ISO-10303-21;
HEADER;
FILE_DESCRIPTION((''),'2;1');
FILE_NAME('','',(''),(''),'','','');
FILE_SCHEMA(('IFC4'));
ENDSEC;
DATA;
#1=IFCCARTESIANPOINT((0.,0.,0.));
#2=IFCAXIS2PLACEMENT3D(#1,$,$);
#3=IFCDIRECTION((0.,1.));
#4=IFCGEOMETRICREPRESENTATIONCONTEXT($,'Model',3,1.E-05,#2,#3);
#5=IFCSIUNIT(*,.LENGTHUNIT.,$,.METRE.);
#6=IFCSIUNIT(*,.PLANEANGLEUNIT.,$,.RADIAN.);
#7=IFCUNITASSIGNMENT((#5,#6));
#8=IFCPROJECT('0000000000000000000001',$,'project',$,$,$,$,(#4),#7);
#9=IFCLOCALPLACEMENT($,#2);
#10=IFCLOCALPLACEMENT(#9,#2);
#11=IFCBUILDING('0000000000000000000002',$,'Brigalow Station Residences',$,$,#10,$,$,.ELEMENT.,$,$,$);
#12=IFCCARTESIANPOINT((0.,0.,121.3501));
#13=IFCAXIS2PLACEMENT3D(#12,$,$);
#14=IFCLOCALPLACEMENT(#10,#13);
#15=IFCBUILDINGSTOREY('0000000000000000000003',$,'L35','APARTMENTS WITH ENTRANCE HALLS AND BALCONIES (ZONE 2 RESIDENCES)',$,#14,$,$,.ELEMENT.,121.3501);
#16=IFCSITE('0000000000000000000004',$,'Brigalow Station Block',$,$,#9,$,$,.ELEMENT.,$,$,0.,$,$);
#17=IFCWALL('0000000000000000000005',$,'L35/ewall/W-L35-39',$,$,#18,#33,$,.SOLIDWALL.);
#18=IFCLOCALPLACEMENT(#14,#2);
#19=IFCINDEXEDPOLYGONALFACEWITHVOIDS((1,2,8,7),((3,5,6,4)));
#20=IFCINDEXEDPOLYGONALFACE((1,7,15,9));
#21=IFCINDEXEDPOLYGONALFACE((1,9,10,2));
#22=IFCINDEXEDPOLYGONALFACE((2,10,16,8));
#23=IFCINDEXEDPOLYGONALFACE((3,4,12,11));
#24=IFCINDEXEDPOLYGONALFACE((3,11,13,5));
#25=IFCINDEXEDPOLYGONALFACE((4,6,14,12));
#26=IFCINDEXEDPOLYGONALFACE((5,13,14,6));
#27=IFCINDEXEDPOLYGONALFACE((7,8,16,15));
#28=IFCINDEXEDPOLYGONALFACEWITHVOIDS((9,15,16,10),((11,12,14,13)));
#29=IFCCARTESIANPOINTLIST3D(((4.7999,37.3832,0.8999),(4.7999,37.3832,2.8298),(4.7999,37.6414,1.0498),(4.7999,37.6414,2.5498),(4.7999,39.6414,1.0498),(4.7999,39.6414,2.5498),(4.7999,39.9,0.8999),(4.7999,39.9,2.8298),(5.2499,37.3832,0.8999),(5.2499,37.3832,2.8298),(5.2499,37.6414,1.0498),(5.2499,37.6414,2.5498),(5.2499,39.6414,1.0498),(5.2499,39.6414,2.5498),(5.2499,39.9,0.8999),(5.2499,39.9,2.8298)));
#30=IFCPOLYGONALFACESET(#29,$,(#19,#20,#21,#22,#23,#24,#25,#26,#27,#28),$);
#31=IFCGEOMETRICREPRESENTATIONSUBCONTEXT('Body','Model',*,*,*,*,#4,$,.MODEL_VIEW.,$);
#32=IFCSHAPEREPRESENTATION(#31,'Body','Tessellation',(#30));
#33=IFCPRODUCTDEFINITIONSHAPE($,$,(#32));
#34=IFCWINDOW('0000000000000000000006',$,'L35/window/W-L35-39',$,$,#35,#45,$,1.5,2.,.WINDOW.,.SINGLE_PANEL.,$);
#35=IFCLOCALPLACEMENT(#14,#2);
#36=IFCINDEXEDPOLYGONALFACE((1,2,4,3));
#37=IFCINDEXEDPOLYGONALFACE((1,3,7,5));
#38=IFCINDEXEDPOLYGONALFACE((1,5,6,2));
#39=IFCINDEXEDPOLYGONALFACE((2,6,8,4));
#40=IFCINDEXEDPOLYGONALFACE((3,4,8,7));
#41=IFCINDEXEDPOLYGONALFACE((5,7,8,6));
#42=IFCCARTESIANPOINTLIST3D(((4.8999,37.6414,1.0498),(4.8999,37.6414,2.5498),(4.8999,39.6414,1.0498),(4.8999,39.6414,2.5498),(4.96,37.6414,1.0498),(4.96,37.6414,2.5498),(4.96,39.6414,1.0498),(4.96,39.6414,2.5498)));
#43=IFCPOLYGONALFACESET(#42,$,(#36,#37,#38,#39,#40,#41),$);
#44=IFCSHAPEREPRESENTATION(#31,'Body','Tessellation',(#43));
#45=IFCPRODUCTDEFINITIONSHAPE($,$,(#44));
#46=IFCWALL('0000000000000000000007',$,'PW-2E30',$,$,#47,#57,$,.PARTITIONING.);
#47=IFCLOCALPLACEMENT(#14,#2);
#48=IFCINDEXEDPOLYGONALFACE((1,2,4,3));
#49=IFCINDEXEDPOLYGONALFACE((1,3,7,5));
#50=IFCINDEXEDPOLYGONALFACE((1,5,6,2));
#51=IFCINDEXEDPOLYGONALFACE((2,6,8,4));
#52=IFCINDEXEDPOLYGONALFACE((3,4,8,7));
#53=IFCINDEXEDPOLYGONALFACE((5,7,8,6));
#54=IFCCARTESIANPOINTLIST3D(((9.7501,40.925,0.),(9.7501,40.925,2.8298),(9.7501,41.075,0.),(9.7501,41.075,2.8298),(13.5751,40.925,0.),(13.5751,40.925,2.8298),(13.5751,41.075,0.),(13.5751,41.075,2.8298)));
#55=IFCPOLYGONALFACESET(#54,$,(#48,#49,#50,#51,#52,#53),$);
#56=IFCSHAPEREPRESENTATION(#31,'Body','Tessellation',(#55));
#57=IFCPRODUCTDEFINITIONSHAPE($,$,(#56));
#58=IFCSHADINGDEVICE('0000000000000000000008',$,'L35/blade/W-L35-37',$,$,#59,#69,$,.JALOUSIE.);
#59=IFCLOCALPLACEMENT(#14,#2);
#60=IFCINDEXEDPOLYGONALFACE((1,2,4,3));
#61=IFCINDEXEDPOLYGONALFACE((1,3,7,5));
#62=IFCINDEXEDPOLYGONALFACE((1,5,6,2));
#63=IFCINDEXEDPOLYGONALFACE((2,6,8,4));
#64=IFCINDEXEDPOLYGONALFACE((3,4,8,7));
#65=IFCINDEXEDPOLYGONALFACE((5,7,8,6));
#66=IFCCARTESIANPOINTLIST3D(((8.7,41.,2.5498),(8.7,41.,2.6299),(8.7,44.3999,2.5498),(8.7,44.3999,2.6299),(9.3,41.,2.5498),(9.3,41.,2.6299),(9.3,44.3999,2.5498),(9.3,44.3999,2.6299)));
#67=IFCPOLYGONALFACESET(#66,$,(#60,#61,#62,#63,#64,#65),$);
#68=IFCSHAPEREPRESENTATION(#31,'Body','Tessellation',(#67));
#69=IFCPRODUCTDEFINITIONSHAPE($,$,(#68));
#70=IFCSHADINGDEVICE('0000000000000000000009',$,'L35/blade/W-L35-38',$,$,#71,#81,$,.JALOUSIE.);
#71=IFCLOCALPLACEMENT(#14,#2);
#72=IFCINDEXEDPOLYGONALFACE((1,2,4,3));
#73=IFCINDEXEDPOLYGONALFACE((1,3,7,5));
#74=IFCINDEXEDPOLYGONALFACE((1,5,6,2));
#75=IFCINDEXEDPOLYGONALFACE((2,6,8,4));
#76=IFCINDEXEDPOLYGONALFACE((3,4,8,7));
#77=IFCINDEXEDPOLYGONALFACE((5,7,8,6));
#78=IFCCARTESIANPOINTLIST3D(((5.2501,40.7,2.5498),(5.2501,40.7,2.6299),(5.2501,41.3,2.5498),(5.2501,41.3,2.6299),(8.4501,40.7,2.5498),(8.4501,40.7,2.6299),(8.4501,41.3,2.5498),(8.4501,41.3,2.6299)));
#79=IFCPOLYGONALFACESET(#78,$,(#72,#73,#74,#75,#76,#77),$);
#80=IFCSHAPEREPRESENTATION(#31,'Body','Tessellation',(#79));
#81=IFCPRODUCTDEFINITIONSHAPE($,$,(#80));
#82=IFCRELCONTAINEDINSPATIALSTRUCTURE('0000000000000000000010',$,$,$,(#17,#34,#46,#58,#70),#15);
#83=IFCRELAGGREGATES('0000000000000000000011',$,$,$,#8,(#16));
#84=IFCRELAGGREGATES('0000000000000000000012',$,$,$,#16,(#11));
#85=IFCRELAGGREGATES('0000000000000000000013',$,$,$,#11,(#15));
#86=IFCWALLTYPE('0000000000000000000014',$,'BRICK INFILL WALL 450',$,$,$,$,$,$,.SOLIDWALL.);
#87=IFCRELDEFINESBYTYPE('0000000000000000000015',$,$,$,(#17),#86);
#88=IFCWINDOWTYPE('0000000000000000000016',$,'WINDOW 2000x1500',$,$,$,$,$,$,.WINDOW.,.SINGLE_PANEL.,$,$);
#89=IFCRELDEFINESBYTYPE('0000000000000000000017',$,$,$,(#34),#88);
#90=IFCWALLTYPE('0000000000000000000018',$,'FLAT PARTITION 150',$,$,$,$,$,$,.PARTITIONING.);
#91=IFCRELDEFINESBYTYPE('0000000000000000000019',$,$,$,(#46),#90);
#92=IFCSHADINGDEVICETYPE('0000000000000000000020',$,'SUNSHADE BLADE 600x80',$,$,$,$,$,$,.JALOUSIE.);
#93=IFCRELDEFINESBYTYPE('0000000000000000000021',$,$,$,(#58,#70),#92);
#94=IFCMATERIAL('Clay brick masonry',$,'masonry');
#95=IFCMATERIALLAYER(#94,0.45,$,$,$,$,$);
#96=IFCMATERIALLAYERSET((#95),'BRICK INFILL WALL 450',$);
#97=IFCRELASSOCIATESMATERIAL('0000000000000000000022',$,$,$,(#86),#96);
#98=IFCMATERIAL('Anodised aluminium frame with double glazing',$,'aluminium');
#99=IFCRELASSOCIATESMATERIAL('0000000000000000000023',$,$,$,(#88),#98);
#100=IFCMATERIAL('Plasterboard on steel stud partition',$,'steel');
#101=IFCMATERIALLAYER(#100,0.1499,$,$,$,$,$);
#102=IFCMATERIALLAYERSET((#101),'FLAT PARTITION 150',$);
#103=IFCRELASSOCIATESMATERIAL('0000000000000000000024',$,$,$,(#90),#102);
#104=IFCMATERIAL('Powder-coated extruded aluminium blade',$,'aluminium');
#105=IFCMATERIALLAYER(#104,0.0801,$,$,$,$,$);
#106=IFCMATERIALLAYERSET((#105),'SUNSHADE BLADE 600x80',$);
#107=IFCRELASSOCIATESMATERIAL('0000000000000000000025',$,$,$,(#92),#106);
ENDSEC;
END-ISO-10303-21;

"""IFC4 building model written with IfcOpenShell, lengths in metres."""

from ifc_helpers import new_model, si_unit, direction, frame, frame_2d, origin, origin_2d, place, context, subcontext, project, spatial, rectangle, extrude, material, layer, layer_set, type_object, element, fill, save


model = new_model("IFC4")

# Units and contexts
model_context = context("Model", 3, precision=1e-05, world=origin(), true_north=direction((0.0, 1.0)))
body_context = subcontext(model_context, "Body", "Model", "MODEL_VIEW")
ifc_project = project(units=[si_unit("LENGTHUNIT", "METRE"), si_unit("PLANEANGLEUNIT", "RADIAN")], contexts=[model_context])

# Site, building, storey
site_placement = place(None, origin())
site = spatial("IfcSite", under=ifc_project, at=site_placement, Name="Brigalow Station Block", CompositionType="ELEMENT", RefElevation=0.0)
building_placement = place(site_placement, origin())
building = spatial("IfcBuilding", under=site, at=building_placement, Name="Brigalow Station Residences", CompositionType="ELEMENT")
storey_placement = place(building_placement, frame((0.0, 0.0, 121.3501)))
storey = spatial("IfcBuildingStorey", under=building, at=storey_placement, Name="L35", Description="APARTMENTS WITH ENTRANCE HALLS AND BALCONIES (ZONE 2 RESIDENCES)", CompositionType="ELEMENT", Elevation=121.3501)

# Shared definitions
ifc_material_1 = material(Name="Clay brick masonry", Category="masonry")
ifc_layer_1 = layer(ifc_material_1, 0.45)
ifc_layer_set_1 = layer_set([ifc_layer_1], Name="BRICK INFILL WALL 450")
wall_type_1 = type_object("IfcWallType", Name="BRICK INFILL WALL 450", PredefinedType="SOLIDWALL", material=ifc_layer_set_1)

# Wall, opening, window
wall_1_placement = place(storey_placement, frame((5.0249, 39.8999, 0.8999), z_axis=(0.0, 0.0, 1.0), x_axis=(0.0, -1.0, 0.0)))
wall_1 = element("IfcWall", 1, at=wall_1_placement, inside=storey, type_object=wall_type_1, Name="L35/ewall/W-L35-39", PredefinedType="SOLIDWALL", context=body_context, shape_type="SweptSolid", body=[
    extrude(rectangle(XDim=2.5168, YDim=0.45, at=frame_2d((1.2583, 0.0))), origin(), (0.0, 0.0, 1.0), 1.9299),
])
opening_1_placement = place(wall_1_placement, frame((0.2585, 0.0, 0.1499)))
opening_1 = element("IfcOpeningElement", 2, at=opening_1_placement, cuts=wall_1, PredefinedType="OPENING", context=body_context, shape_type="SweptSolid", body=[
    extrude(rectangle(XDim=2.0, YDim=1.5, at=frame_2d((1.0, 0.75))), frame((0.0, 0.2349, 0.0), z_axis=(0.0, -1.0, 0.0), x_axis=(1.0, 0.0, 0.0)), (0.0, 0.0, 1.0), 0.47),
])
ifc_material_2 = material(Name="Anodised aluminium frame with double glazing", Category="aluminium")
window_type_1 = type_object("IfcWindowType", Name="WINDOW 2000x1500", PartitioningType="SINGLE_PANEL", PredefinedType="WINDOW", material=ifc_material_2)
window_1_placement = place(opening_1_placement, origin())
window_1 = element("IfcWindow", 3, at=window_1_placement, inside=storey, type_object=window_type_1, Name="L35/window/W-L35-39", OverallHeight=1.5, OverallWidth=2.0, PartitioningType="SINGLE_PANEL", PredefinedType="WINDOW", context=body_context, shape_type="SweptSolid", body=[
    extrude(rectangle(XDim=2.0, YDim=1.5, at=frame_2d((1.0, 0.75))), frame((0.0, -0.0649, 0.0), z_axis=(0.0, -1.0, 0.0), x_axis=(1.0, 0.0, 0.0)), (0.0, 0.0, 1.0), 0.0601),
])
fill(opening_1, window_1)

# Wall
ifc_material_3 = material(Name="Plasterboard on steel stud partition", Category="steel")
ifc_layer_2 = layer(ifc_material_3, 0.1499)
ifc_layer_set_2 = layer_set([ifc_layer_2], Name="FLAT PARTITION 150")
wall_type_2 = type_object("IfcWallType", Name="FLAT PARTITION 150", PredefinedType="PARTITIONING", material=ifc_layer_set_2)
wall_2_placement = place(storey_placement, frame((9.75, 41.0, 0.0), z_axis=(0.0, 0.0, 1.0), x_axis=(1.0, 0.0, 0.0)))
element("IfcWall", 4, at=wall_2_placement, inside=storey, type_object=wall_type_2, Name="PW-2E30", PredefinedType="PARTITIONING", context=body_context, shape_type="SweptSolid", body=[
    extrude(rectangle(XDim=3.825, YDim=0.1499, at=frame_2d((1.9126, 0.0))), origin(), (0.0, 0.0, 1.0), 2.8298),
])

# Shading devices
ifc_material_4 = material(Name="Powder-coated extruded aluminium blade", Category="aluminium")
ifc_layer_3 = layer(ifc_material_4, 0.0801)
ifc_layer_set_3 = layer_set([ifc_layer_3], Name="SUNSHADE BLADE 600x80")
shading_device_type = type_object("IfcShadingDeviceType", Name="SUNSHADE BLADE 600x80", PredefinedType="JALOUSIE", material=ifc_layer_set_3)
shading_device_1_placement = place(storey_placement, frame((9.0, 42.7, 2.5498), z_axis=(0.0, 0.0, 1.0), x_axis=(0.0, -1.0, 0.0)))
element("IfcShadingDevice", 5, at=shading_device_1_placement, inside=storey, type_object=shading_device_type, Name="L35/blade/W-L35-37", PredefinedType="JALOUSIE", context=body_context, shape_type="SweptSolid", body=[
    extrude(rectangle(XDim=3.3999, YDim=0.6001, at=origin_2d()), origin(), (0.0, 0.0, 1.0), 0.0801),
])
shading_device_2_placement = place(storey_placement, frame((6.8501, 41.0, 2.5498), z_axis=(0.0, 0.0, 1.0), x_axis=(-1.0, 0.0, 0.0)))
element("IfcShadingDevice", 6, at=shading_device_2_placement, inside=storey, type_object=shading_device_type, Name="L35/blade/W-L35-38", PredefinedType="JALOUSIE", context=body_context, shape_type="SweptSolid", body=[
    extrude(rectangle(XDim=3.2, YDim=0.6001, at=origin_2d()), origin(), (0.0, 0.0, 1.0), 0.0801),
])

save(model, "model.ifc")
